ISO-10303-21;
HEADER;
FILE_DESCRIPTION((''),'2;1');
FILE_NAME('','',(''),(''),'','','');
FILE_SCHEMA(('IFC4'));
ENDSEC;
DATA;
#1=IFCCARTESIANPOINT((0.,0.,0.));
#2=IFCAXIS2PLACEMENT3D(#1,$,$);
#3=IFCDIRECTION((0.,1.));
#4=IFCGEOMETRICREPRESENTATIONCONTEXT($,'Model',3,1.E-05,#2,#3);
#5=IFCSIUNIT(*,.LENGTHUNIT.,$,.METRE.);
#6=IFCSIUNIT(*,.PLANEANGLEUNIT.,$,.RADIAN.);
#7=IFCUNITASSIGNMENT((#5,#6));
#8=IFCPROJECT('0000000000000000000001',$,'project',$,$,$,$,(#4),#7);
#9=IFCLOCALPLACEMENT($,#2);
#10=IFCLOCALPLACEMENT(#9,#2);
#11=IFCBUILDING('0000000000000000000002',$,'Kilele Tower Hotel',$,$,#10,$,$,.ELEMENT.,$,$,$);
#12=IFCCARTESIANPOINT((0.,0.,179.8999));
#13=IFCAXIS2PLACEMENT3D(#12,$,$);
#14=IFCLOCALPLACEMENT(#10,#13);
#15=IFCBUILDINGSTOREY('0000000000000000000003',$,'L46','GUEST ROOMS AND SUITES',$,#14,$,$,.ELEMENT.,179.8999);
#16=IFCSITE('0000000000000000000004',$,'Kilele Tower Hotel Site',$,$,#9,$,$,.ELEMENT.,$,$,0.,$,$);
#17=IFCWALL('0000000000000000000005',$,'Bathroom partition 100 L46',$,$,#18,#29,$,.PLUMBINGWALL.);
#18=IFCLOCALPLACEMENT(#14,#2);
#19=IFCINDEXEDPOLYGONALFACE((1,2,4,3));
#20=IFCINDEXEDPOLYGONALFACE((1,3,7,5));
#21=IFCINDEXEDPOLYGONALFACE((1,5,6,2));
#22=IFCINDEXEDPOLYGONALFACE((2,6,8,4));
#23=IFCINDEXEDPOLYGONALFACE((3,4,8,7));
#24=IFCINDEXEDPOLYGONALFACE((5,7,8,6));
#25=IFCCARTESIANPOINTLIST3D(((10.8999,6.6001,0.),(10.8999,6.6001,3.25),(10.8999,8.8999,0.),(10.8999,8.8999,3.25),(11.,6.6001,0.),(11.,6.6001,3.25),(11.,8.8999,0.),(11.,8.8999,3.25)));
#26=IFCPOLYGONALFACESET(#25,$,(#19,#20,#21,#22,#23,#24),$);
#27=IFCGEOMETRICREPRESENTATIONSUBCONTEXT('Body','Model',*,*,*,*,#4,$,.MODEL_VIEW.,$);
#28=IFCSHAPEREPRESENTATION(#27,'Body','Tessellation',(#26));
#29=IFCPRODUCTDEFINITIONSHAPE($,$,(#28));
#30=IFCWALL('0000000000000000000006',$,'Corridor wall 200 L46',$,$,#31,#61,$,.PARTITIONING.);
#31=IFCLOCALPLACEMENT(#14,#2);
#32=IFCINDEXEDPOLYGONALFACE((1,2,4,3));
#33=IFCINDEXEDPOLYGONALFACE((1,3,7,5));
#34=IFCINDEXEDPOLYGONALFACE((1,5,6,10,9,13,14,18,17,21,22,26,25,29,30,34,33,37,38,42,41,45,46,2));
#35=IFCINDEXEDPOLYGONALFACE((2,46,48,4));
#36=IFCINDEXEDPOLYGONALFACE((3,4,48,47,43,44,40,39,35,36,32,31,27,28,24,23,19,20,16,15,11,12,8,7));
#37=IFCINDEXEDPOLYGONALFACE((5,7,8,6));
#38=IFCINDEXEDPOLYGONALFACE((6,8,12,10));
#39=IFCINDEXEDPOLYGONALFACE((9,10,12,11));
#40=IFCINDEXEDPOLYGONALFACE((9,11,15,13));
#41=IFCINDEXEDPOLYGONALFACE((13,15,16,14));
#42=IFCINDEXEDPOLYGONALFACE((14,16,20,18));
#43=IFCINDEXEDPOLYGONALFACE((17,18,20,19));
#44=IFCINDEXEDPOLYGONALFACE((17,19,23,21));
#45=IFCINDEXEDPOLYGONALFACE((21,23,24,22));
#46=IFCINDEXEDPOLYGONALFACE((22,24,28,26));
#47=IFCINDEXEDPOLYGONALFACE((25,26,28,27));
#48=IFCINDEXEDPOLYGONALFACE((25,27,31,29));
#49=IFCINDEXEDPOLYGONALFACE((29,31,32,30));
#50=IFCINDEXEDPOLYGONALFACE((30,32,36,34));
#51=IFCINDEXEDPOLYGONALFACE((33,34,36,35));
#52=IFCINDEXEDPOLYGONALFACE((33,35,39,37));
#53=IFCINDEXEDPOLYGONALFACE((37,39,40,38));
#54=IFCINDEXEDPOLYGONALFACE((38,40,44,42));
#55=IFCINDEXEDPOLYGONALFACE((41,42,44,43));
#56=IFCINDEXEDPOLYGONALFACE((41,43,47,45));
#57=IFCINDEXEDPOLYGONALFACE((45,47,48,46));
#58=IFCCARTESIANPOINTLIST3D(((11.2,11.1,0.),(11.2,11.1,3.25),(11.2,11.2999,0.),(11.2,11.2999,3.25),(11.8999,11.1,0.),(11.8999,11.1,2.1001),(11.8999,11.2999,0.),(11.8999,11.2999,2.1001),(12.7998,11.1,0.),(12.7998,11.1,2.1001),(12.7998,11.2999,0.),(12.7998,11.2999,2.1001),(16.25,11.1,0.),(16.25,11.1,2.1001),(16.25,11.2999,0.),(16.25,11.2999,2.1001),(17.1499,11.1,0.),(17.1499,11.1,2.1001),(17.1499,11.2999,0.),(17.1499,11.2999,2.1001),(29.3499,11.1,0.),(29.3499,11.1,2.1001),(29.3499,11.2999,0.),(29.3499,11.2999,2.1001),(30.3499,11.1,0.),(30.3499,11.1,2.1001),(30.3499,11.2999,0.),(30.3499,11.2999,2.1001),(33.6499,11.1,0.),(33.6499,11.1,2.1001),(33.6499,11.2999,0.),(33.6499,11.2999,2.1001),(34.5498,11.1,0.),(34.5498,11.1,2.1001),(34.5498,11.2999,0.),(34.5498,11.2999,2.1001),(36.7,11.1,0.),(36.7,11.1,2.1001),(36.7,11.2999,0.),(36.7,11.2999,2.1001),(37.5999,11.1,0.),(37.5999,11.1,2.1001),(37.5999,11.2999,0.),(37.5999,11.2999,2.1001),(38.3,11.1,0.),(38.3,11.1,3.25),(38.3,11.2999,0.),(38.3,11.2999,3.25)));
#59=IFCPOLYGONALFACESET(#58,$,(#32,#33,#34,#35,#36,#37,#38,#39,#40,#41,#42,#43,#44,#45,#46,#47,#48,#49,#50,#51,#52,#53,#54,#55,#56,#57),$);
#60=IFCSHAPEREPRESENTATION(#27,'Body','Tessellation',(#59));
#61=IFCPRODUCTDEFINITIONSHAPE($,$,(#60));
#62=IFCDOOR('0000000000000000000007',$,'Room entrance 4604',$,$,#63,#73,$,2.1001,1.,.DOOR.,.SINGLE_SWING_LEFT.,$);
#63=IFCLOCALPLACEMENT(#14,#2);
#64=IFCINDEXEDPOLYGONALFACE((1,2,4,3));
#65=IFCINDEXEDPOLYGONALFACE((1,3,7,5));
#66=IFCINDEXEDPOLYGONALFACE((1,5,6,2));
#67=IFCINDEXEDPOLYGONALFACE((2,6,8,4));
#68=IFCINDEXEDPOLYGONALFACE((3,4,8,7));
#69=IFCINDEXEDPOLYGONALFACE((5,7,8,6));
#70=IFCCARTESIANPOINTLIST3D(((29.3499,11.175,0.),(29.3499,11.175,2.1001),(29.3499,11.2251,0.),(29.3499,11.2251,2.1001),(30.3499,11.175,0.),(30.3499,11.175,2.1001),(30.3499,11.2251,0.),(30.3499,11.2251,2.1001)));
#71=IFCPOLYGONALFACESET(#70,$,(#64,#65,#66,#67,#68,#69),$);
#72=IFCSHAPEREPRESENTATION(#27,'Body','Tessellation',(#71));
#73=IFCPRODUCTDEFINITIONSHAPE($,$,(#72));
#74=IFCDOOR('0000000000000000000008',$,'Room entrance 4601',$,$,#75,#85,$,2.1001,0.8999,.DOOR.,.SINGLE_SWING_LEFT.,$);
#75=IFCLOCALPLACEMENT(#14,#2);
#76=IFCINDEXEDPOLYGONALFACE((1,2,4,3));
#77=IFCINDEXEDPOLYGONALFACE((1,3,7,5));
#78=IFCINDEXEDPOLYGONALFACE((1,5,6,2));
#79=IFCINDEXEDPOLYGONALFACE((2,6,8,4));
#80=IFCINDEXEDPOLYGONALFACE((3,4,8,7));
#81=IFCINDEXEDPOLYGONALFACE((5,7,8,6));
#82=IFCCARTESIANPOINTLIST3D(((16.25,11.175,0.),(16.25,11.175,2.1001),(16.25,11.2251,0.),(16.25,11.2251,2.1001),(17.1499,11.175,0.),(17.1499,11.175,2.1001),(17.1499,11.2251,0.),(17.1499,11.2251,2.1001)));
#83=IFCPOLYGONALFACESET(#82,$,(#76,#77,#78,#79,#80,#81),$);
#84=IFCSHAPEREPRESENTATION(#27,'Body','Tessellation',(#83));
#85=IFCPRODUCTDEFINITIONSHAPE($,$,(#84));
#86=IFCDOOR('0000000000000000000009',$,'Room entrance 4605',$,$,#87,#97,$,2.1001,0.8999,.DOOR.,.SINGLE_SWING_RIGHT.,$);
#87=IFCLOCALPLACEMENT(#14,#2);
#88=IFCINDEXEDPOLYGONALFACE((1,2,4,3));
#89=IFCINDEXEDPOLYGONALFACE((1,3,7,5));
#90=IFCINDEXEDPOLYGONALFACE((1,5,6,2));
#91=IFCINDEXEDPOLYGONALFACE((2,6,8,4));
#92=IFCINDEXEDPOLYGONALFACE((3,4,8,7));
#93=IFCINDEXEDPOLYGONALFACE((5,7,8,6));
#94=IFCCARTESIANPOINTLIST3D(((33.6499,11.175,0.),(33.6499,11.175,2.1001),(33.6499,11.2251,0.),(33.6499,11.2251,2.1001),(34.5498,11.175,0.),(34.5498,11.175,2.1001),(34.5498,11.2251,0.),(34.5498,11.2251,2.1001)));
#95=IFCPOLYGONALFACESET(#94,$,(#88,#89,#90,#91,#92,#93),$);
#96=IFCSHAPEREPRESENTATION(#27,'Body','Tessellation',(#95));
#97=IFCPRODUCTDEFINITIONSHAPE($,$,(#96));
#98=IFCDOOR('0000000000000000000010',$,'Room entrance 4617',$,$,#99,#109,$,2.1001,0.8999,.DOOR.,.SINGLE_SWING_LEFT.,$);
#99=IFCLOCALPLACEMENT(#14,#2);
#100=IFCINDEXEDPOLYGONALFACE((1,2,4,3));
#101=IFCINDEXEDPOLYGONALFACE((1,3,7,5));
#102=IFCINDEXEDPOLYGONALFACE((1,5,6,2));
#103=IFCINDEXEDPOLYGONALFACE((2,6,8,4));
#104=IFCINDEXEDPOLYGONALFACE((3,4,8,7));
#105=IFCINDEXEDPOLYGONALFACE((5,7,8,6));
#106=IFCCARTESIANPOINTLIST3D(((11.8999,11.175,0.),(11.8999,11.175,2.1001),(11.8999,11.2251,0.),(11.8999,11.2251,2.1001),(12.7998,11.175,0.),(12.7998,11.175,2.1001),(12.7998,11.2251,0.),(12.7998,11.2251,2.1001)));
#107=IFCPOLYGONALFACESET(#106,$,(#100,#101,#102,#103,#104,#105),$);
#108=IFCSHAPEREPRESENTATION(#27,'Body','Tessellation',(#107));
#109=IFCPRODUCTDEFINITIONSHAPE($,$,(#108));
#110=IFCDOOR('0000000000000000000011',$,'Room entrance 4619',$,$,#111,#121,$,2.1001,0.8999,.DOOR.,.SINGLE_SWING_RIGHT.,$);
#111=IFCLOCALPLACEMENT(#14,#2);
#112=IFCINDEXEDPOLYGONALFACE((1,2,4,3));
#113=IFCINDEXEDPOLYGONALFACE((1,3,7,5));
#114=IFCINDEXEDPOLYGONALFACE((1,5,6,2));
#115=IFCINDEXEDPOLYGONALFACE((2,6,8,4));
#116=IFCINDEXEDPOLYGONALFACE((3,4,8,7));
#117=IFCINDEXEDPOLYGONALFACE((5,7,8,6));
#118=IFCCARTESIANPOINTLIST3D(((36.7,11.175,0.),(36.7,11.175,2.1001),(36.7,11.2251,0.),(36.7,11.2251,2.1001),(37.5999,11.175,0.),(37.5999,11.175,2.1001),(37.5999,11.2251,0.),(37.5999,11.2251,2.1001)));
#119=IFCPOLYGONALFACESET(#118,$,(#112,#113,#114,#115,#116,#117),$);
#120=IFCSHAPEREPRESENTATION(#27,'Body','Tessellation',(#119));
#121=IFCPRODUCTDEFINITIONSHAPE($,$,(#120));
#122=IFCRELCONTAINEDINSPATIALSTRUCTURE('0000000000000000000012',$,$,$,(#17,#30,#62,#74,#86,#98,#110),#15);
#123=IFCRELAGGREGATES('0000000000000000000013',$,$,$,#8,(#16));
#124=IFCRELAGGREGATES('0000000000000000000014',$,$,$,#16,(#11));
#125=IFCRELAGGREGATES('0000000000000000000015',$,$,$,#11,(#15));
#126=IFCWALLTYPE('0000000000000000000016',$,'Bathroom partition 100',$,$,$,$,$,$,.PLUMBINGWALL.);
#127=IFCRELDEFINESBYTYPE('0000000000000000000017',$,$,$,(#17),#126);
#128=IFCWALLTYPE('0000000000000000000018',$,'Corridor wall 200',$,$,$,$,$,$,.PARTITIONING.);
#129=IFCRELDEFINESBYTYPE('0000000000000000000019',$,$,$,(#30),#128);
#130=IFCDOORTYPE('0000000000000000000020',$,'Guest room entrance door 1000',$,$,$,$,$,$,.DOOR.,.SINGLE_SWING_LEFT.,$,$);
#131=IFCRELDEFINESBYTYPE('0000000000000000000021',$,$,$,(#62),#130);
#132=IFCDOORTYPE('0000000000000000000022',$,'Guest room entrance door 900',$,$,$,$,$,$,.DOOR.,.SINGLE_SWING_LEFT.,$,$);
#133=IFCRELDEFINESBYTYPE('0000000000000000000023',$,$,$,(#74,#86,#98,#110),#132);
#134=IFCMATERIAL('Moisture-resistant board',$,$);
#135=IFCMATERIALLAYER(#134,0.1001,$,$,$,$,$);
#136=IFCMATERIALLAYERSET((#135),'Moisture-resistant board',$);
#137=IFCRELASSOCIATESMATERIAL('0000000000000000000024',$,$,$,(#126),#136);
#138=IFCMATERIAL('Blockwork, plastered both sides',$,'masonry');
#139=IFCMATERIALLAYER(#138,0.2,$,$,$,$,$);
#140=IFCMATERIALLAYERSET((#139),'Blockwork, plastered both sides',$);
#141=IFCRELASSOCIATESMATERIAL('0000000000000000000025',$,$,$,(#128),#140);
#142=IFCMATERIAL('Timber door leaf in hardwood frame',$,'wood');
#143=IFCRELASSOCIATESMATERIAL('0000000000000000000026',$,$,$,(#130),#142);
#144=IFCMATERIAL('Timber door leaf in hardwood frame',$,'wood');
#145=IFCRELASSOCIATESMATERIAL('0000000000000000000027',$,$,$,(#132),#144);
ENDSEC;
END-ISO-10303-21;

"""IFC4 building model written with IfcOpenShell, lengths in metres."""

from ifc_helpers import new_model, si_unit, direction, frame, frame_2d, origin, place, context, subcontext, project, spatial, rectangle, extrude, material, layer, layer_set, type_object, element, fill, save


model = new_model("IFC4")

# Units and contexts
model_context = context("Model", 3, precision=1e-05, world=origin(), true_north=direction((0.0, 1.0)))
body_context = subcontext(model_context, "Body", "Model", "MODEL_VIEW")
ifc_project = project(units=[si_unit("LENGTHUNIT", "METRE"), si_unit("PLANEANGLEUNIT", "RADIAN")], contexts=[model_context])

# Site, building, storey
site_placement = place(None, origin())
site = spatial("IfcSite", under=ifc_project, at=site_placement, Name="Kilele Tower Hotel Site", CompositionType="ELEMENT", RefElevation=0.0)
building_placement = place(site_placement, origin())
building = spatial("IfcBuilding", under=site, at=building_placement, Name="Kilele Tower Hotel", CompositionType="ELEMENT")
storey_placement = place(building_placement, frame((0.0, 0.0, 179.8999)))
storey = spatial("IfcBuildingStorey", under=building, at=storey_placement, Name="L46", Description="GUEST ROOMS AND SUITES", CompositionType="ELEMENT", Elevation=179.8999)

# Wall
ifc_material_1 = material(Name="Moisture-resistant board")
ifc_layer_1 = layer(ifc_material_1, 0.1001)
ifc_layer_set_1 = layer_set([ifc_layer_1], Name="Moisture-resistant board")
wall_type_1 = type_object("IfcWallType", Name="Bathroom partition 100", PredefinedType="PLUMBINGWALL", material=ifc_layer_set_1)
wall_1_placement = place(storey_placement, frame((10.95, 8.8999, 0.0), z_axis=(0.0, 0.0, 1.0), x_axis=(0.0, -1.0, 0.0)))
element("IfcWall", 1, at=wall_1_placement, inside=storey, type_object=wall_type_1, Name="Bathroom partition 100 L46", PredefinedType="PLUMBINGWALL", context=body_context, shape_type="SweptSolid", body=[
    extrude(rectangle(XDim=2.2998, YDim=0.1001, at=frame_2d((1.1499, 0.0))), origin(), (0.0, 0.0, 1.0), 3.25),
])

# Wall, openings, doors
ifc_material_2 = material(Name="Blockwork, plastered both sides", Category="masonry")
ifc_layer_2 = layer(ifc_material_2, 0.2)
ifc_layer_set_2 = layer_set([ifc_layer_2], Name="Blockwork, plastered both sides")
wall_type_2 = type_object("IfcWallType", Name="Corridor wall 200", PredefinedType="PARTITIONING", material=ifc_layer_set_2)
wall_2_placement = place(storey_placement, frame((11.2, 11.2, 0.0), z_axis=(0.0, 0.0, 1.0), x_axis=(1.0, 0.0, 0.0)))
wall_2 = element("IfcWall", 2, at=wall_2_placement, inside=storey, type_object=wall_type_2, Name="Corridor wall 200 L46", PredefinedType="PARTITIONING", context=body_context, shape_type="SweptSolid", body=[
    extrude(rectangle(XDim=27.1001, YDim=0.2, at=frame_2d((13.55, 0.0))), origin(), (0.0, 0.0, 1.0), 3.25),
])
opening_1_placement = place(wall_2_placement, frame((5.95, 0.0, 0.0), z_axis=(0.0, 0.0, 1.0), x_axis=(-1.0, 0.0, 0.0)))
opening_1 = element("IfcOpeningElement", 3, at=opening_1_placement, cuts=wall_2, PredefinedType="OPENING", context=body_context, shape_type="SweptSolid", body=[
    extrude(rectangle(XDim=0.8999, YDim=2.1001, at=frame_2d((0.45, 1.05))), frame((0.0, 0.1099, 0.0), z_axis=(0.0, -1.0, 0.0), x_axis=(1.0, 0.0, 0.0)), (0.0, 0.0, 1.0), 0.22),
])
opening_2_placement = place(wall_2_placement, frame((19.1499, 0.0, 0.0), z_axis=(0.0, 0.0, 1.0), x_axis=(-1.0, 0.0, 0.0)))
opening_2 = element("IfcOpeningElement", 4, at=opening_2_placement, cuts=wall_2, PredefinedType="OPENING", context=body_context, shape_type="SweptSolid", body=[
    extrude(rectangle(XDim=1.0, YDim=2.1001, at=frame_2d((0.5, 1.05))), frame((0.0, 0.1099, 0.0), z_axis=(0.0, -1.0, 0.0), x_axis=(1.0, 0.0, 0.0)), (0.0, 0.0, 1.0), 0.22),
])
opening_3_placement = place(wall_2_placement, frame((23.3499, 0.0, 0.0), z_axis=(0.0, 0.0, 1.0), x_axis=(-1.0, 0.0, 0.0)))
opening_3 = element("IfcOpeningElement", 5, at=opening_3_placement, cuts=wall_2, PredefinedType="OPENING", context=body_context, shape_type="SweptSolid", body=[
    extrude(rectangle(XDim=0.8999, YDim=2.1001, at=frame_2d((0.45, 1.05))), frame((0.0, 0.1099, 0.0), z_axis=(0.0, -1.0, 0.0), x_axis=(1.0, 0.0, 0.0)), (0.0, 0.0, 1.0), 0.22),
])
opening_4_placement = place(wall_2_placement, frame((1.5999, 0.0, 0.0), z_axis=(0.0, 0.0, 1.0), x_axis=(-1.0, 0.0, 0.0)))
opening_4 = element("IfcOpeningElement", 6, at=opening_4_placement, cuts=wall_2, PredefinedType="OPENING", context=body_context, shape_type="SweptSolid", body=[
    extrude(rectangle(XDim=0.8999, YDim=2.1001, at=frame_2d((0.45, 1.05))), frame((0.0, 0.1099, 0.0), z_axis=(0.0, -1.0, 0.0), x_axis=(1.0, 0.0, 0.0)), (0.0, 0.0, 1.0), 0.22),
])
opening_5_placement = place(wall_2_placement, frame((26.3999, 0.0, 0.0), z_axis=(0.0, 0.0, 1.0), x_axis=(-1.0, 0.0, 0.0)))
opening_5 = element("IfcOpeningElement", 7, at=opening_5_placement, cuts=wall_2, PredefinedType="OPENING", context=body_context, shape_type="SweptSolid", body=[
    extrude(rectangle(XDim=0.8999, YDim=2.1001, at=frame_2d((0.45, 1.05))), frame((0.0, 0.1099, 0.0), z_axis=(0.0, -1.0, 0.0), x_axis=(1.0, 0.0, 0.0)), (0.0, 0.0, 1.0), 0.22),
])
ifc_material_3 = material(Name="Timber door leaf in hardwood frame", Category="wood")
door_type_1 = type_object("IfcDoorType", Name="Guest room entrance door 1000", OperationType="SINGLE_SWING_LEFT", PredefinedType="DOOR", material=ifc_material_3)
door_1_placement = place(opening_2_placement, origin())
door_1 = element("IfcDoor", 8, at=door_1_placement, inside=storey, type_object=door_type_1, Name="Room entrance 4604", OperationType="SINGLE_SWING_LEFT", OverallHeight=2.1001, OverallWidth=1.0, PredefinedType="DOOR", context=body_context, shape_type="SweptSolid", body=[
    extrude(rectangle(XDim=1.0, YDim=2.1001, at=frame_2d((0.5, 1.05))), frame((0.0, 0.0249, 0.0), z_axis=(0.0, -1.0, 0.0), x_axis=(1.0, 0.0, 0.0)), (0.0, 0.0, 1.0), 0.05),
])
fill(opening_2, door_1)
ifc_material_4 = material(Name="Timber door leaf in hardwood frame", Category="wood")
door_type_2 = type_object("IfcDoorType", Name="Guest room entrance door 900", OperationType="SINGLE_SWING_LEFT", PredefinedType="DOOR", material=ifc_material_4)
door_2_placement = place(opening_1_placement, origin())
door_2 = element("IfcDoor", 9, at=door_2_placement, inside=storey, type_object=door_type_2, Name="Room entrance 4601", OperationType="SINGLE_SWING_LEFT", OverallHeight=2.1001, OverallWidth=0.8999, PredefinedType="DOOR", context=body_context, shape_type="SweptSolid", body=[
    extrude(rectangle(XDim=0.8999, YDim=2.1001, at=frame_2d((0.45, 1.05))), frame((0.0, 0.0249, 0.0), z_axis=(0.0, -1.0, 0.0), x_axis=(1.0, 0.0, 0.0)), (0.0, 0.0, 1.0), 0.05),
])
fill(opening_1, door_2)
door_3_placement = place(opening_3_placement, origin())
door_3 = element("IfcDoor", 10, at=door_3_placement, inside=storey, type_object=door_type_2, Name="Room entrance 4605", OperationType="SINGLE_SWING_RIGHT", OverallHeight=2.1001, OverallWidth=0.8999, PredefinedType="DOOR", context=body_context, shape_type="SweptSolid", body=[
    extrude(rectangle(XDim=0.8999, YDim=2.1001, at=frame_2d((0.45, 1.05))), frame((0.0, 0.0249, 0.0), z_axis=(0.0, -1.0, 0.0), x_axis=(1.0, 0.0, 0.0)), (0.0, 0.0, 1.0), 0.05),
])
fill(opening_3, door_3)
door_4_placement = place(opening_4_placement, origin())
door_4 = element("IfcDoor", 11, at=door_4_placement, inside=storey, type_object=door_type_2, Name="Room entrance 4617", OperationType="SINGLE_SWING_LEFT", OverallHeight=2.1001, OverallWidth=0.8999, PredefinedType="DOOR", context=body_context, shape_type="SweptSolid", body=[
    extrude(rectangle(XDim=0.8999, YDim=2.1001, at=frame_2d((0.45, 1.05))), frame((0.0, 0.0249, 0.0), z_axis=(0.0, -1.0, 0.0), x_axis=(1.0, 0.0, 0.0)), (0.0, 0.0, 1.0), 0.05),
])
fill(opening_4, door_4)
door_5_placement = place(opening_5_placement, origin())
door_5 = element("IfcDoor", 12, at=door_5_placement, inside=storey, type_object=door_type_2, Name="Room entrance 4619", OperationType="SINGLE_SWING_RIGHT", OverallHeight=2.1001, OverallWidth=0.8999, PredefinedType="DOOR", context=body_context, shape_type="SweptSolid", body=[
    extrude(rectangle(XDim=0.8999, YDim=2.1001, at=frame_2d((0.45, 1.05))), frame((0.0, 0.0249, 0.0), z_axis=(0.0, -1.0, 0.0), x_axis=(1.0, 0.0, 0.0)), (0.0, 0.0, 1.0), 0.05),
])
fill(opening_5, door_5)

save(model, "model.ifc")
